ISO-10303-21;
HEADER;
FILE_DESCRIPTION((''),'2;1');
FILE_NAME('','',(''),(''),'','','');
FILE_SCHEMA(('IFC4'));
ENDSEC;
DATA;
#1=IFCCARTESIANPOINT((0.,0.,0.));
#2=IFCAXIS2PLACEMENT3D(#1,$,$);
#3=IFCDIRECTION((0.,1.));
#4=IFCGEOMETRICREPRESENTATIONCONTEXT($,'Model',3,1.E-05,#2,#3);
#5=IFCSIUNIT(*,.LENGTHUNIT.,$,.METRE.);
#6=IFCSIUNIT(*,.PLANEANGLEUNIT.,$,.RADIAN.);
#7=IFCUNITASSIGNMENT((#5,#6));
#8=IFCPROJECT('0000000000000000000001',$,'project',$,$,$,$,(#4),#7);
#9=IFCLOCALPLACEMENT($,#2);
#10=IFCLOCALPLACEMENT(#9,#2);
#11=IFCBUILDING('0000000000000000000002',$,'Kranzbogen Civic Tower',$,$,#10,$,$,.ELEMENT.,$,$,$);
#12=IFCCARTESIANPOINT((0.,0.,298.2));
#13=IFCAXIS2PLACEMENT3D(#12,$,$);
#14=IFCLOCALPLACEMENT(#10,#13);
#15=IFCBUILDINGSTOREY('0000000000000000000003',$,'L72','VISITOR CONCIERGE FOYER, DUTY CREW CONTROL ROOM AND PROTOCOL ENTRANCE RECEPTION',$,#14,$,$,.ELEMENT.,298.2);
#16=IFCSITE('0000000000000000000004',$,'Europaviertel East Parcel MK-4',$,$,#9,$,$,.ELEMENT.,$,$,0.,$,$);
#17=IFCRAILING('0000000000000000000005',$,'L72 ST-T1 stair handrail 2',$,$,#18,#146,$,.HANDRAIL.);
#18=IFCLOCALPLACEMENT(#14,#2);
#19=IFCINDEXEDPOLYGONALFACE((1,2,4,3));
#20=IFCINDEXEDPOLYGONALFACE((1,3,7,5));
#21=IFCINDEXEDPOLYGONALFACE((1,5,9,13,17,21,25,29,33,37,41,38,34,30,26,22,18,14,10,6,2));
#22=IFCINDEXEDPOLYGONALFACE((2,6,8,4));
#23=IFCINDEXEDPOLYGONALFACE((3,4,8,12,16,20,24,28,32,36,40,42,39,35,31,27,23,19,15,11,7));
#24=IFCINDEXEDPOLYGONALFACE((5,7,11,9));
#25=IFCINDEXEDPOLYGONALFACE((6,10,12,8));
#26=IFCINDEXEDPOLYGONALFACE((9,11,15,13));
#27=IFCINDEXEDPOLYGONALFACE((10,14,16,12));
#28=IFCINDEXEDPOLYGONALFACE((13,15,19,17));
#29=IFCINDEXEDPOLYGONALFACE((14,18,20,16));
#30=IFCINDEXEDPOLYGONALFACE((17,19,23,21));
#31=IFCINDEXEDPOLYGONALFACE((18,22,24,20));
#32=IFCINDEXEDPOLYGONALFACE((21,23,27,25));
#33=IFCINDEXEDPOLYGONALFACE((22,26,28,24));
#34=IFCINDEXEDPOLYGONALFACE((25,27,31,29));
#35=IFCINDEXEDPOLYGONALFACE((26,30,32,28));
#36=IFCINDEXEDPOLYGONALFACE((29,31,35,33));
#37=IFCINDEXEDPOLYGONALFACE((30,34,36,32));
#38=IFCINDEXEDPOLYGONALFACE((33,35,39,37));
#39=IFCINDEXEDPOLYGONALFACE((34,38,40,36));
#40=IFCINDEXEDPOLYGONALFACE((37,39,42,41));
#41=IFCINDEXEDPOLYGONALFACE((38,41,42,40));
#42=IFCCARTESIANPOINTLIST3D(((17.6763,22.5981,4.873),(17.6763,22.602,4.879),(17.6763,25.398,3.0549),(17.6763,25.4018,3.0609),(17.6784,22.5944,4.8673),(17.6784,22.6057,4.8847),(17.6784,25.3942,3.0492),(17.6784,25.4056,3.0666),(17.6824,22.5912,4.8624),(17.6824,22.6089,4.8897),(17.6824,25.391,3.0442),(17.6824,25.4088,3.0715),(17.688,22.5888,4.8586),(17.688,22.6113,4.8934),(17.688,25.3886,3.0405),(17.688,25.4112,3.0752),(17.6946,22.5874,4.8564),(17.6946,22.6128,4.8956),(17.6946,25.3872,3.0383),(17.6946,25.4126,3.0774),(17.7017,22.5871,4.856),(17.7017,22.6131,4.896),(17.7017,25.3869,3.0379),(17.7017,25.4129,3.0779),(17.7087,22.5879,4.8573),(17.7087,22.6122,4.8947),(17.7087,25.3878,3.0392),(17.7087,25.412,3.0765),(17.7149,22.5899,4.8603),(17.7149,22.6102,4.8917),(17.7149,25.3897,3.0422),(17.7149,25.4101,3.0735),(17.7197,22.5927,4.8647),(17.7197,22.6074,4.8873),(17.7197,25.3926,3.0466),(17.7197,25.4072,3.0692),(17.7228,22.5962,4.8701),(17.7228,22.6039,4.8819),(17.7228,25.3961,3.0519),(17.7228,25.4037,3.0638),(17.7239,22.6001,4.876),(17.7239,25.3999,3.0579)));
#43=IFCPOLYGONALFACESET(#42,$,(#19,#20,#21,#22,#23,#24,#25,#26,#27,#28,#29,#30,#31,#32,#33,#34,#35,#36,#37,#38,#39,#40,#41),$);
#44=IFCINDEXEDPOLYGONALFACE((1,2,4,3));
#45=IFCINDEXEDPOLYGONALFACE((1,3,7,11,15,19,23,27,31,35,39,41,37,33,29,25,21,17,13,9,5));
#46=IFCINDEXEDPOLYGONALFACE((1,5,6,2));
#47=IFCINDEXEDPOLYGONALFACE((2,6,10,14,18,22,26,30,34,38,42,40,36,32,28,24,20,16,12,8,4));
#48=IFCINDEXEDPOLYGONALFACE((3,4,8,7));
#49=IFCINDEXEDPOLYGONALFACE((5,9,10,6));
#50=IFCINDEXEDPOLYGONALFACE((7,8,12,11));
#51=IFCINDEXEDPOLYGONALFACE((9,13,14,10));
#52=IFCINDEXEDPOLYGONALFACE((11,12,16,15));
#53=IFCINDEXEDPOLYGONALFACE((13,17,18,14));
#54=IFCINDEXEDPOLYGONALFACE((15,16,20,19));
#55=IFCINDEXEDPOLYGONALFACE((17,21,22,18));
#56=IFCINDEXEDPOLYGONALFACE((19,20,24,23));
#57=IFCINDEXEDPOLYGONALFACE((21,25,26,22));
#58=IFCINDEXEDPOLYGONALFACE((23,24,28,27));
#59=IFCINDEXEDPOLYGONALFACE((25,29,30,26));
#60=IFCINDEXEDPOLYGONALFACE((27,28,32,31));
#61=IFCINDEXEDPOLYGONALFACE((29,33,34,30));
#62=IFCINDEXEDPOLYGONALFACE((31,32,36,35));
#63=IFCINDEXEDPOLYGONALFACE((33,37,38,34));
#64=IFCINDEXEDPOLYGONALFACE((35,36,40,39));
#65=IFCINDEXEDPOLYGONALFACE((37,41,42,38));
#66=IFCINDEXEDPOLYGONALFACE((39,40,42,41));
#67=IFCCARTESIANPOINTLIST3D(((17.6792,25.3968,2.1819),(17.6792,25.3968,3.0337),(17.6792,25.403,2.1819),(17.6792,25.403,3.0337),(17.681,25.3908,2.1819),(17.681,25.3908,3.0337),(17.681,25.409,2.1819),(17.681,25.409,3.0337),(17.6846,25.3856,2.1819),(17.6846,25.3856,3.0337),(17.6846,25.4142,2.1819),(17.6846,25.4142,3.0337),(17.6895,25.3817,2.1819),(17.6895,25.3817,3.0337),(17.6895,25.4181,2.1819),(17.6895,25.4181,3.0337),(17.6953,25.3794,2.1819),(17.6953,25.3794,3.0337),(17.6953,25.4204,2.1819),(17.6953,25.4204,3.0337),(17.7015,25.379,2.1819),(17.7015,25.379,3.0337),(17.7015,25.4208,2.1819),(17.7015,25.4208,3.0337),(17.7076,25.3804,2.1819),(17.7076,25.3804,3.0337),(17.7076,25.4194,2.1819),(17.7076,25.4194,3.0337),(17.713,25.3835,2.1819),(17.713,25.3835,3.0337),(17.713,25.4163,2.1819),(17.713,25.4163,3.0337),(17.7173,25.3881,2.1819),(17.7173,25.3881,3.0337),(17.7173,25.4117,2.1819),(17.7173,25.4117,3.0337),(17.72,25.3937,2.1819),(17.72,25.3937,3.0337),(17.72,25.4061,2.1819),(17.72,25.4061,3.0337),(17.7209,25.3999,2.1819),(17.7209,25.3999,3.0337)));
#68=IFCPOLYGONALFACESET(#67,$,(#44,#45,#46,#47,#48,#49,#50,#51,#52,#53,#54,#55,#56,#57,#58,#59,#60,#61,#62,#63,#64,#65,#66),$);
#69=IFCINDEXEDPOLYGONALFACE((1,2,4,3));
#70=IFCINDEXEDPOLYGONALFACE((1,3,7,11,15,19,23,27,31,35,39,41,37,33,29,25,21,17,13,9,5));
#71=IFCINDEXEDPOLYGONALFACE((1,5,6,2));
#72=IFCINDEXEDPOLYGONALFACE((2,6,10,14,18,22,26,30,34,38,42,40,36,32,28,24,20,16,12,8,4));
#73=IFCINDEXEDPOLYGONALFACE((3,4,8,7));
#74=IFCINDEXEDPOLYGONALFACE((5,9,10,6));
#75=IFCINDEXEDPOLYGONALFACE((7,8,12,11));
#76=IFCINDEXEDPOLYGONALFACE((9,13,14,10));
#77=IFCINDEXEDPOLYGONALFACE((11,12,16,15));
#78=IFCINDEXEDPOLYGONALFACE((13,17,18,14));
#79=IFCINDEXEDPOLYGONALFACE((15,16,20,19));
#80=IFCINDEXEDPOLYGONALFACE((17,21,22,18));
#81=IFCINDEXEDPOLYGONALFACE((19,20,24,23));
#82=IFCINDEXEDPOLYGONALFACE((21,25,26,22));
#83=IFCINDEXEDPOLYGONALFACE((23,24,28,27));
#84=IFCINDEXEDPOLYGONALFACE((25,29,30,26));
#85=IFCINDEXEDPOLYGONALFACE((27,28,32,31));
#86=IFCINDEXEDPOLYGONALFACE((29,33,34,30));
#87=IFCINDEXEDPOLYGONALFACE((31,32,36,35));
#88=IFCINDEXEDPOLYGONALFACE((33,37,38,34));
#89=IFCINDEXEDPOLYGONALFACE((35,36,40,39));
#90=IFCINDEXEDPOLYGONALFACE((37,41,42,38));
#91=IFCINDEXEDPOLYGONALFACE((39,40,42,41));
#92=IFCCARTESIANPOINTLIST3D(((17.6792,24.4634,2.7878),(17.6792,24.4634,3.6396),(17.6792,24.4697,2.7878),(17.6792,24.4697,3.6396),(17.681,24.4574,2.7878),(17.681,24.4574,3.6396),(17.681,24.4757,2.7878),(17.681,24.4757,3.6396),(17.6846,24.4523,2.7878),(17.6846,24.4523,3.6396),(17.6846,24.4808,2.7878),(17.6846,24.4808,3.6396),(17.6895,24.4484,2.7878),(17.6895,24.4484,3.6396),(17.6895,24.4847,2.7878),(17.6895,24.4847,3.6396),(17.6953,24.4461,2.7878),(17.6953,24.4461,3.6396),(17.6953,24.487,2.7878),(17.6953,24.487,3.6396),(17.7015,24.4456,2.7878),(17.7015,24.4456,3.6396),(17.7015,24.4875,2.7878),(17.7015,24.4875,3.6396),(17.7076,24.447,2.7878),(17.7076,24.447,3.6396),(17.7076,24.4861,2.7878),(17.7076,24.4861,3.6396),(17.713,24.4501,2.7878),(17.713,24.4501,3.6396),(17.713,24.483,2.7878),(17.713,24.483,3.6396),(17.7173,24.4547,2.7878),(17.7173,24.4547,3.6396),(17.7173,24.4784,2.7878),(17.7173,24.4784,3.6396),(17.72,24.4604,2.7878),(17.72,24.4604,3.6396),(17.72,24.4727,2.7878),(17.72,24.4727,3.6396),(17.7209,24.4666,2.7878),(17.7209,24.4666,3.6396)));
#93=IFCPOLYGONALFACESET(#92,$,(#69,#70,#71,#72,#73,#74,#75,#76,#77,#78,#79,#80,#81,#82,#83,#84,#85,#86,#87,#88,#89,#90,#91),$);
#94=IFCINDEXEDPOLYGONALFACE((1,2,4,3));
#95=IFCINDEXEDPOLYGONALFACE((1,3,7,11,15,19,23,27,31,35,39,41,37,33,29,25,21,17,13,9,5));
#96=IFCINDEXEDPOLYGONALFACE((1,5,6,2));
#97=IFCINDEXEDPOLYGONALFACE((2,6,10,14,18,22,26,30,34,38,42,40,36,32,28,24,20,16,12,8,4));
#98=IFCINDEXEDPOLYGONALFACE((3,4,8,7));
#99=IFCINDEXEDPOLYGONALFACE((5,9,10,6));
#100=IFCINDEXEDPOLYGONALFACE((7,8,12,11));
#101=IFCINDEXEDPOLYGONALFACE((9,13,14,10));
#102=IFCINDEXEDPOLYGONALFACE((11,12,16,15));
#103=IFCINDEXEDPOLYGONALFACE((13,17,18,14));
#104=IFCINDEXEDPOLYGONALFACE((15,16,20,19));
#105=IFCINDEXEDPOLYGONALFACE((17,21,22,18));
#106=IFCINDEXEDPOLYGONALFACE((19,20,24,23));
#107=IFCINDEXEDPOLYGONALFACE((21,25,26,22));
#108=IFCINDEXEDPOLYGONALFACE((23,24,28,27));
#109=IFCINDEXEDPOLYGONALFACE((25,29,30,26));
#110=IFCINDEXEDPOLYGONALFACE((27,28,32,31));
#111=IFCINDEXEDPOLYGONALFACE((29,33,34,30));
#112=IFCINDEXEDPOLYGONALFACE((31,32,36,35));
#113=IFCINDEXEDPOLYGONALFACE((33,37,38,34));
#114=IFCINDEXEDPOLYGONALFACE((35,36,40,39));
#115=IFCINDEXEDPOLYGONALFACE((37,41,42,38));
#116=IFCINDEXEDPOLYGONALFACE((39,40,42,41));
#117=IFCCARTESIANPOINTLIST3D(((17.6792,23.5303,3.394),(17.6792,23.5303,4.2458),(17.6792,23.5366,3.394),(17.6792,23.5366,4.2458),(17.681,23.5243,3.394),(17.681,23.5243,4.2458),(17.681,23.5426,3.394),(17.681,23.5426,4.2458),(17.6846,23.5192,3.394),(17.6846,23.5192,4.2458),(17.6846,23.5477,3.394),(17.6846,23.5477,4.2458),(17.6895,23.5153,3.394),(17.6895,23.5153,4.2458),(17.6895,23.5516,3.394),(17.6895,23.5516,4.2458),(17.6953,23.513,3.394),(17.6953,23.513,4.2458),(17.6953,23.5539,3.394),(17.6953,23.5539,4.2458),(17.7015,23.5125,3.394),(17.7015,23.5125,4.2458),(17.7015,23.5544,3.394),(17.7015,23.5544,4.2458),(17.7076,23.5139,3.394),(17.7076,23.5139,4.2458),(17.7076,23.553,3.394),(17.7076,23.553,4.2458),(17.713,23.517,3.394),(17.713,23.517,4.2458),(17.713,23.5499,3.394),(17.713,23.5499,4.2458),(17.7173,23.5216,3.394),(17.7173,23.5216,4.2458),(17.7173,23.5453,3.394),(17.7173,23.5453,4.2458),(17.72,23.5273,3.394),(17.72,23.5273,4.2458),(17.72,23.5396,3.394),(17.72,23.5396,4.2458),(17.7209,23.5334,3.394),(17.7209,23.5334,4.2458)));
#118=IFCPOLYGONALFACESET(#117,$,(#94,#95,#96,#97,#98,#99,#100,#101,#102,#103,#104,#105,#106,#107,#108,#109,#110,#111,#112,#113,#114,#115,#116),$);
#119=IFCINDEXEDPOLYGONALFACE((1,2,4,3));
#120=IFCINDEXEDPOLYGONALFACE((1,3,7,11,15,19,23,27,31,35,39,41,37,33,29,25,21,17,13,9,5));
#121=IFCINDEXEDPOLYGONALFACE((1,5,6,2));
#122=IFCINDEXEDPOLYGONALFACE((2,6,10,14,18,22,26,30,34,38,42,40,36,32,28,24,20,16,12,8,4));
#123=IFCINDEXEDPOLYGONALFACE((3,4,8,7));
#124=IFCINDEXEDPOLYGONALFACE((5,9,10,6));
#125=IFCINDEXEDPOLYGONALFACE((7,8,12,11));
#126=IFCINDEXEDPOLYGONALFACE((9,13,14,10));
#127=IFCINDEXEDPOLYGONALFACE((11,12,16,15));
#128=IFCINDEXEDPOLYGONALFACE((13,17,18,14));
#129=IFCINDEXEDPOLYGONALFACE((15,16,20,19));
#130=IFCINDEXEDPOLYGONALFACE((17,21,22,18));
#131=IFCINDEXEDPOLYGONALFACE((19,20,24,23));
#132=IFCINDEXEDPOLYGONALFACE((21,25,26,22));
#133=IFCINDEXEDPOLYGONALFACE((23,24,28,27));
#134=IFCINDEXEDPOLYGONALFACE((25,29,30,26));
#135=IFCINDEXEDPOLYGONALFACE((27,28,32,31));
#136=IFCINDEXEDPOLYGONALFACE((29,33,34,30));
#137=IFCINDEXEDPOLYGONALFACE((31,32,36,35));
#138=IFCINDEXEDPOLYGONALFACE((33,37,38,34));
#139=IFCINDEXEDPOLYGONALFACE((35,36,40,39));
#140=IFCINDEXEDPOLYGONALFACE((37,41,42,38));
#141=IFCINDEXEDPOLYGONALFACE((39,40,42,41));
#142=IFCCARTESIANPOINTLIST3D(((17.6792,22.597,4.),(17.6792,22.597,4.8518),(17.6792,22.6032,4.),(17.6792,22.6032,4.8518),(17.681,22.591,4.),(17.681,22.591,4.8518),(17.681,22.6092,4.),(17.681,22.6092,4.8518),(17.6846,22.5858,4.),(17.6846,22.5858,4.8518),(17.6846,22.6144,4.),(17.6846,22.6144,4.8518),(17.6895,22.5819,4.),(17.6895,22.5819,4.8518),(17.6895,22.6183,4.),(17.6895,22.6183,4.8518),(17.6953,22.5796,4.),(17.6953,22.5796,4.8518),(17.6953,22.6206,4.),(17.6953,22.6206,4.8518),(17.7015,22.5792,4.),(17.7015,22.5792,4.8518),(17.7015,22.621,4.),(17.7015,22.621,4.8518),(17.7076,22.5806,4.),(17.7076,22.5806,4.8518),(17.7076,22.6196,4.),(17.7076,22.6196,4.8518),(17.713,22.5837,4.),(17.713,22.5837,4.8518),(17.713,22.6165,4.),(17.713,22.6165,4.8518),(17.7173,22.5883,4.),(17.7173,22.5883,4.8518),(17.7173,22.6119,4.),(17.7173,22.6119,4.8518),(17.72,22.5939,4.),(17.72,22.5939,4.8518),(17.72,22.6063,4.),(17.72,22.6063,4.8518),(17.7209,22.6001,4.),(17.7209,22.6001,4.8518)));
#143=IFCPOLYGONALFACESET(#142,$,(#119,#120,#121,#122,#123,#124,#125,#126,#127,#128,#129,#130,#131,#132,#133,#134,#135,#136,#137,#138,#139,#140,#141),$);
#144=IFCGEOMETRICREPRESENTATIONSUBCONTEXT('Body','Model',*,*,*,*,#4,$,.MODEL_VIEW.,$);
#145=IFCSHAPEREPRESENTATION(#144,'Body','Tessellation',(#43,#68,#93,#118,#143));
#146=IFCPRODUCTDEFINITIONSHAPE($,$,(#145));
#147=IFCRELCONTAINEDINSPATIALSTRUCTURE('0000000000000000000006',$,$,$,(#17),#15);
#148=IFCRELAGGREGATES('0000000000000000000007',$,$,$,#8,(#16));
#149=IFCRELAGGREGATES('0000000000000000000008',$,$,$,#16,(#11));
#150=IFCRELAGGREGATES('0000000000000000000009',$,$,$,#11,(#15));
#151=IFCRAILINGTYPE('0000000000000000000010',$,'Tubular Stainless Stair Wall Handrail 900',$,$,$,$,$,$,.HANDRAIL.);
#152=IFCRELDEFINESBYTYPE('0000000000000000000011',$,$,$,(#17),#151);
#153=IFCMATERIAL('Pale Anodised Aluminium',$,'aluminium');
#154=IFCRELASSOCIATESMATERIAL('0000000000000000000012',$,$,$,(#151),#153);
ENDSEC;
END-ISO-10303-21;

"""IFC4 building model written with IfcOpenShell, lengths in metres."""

from ifc_helpers import new_model, si_unit, direction, frame, origin, origin_2d, place, context, subcontext, project, spatial, circle, extrude, material, type_object, element, save


model = new_model("IFC4")

# Units and contexts
model_context = context("Model", 3, precision=1e-05, world=origin(), true_north=direction((0.0, 1.0)))
body_context = subcontext(model_context, "Body", "Model", "MODEL_VIEW")
ifc_project = project(units=[si_unit("LENGTHUNIT", "METRE"), si_unit("PLANEANGLEUNIT", "RADIAN")], contexts=[model_context])

# Site, building, storey
site_placement = place(None, origin())
site = spatial("IfcSite", under=ifc_project, at=site_placement, Name="Europaviertel East Parcel MK-4", CompositionType="ELEMENT", RefElevation=0.0)
building_placement = place(site_placement, origin())
building = spatial("IfcBuilding", under=site, at=building_placement, Name="Kranzbogen Civic Tower", CompositionType="ELEMENT")
storey_placement = place(building_placement, frame((0.0, 0.0, 298.2)))
storey = spatial("IfcBuildingStorey", under=building, at=storey_placement, Name="L72", Description="VISITOR CONCIERGE FOYER, DUTY CREW CONTROL ROOM AND PROTOCOL ENTRANCE RECEPTION", CompositionType="ELEMENT", Elevation=298.2)

# Shared definitions
ifc_material_1 = material(Name="Pale Anodised Aluminium", Category="aluminium")

# Railing
railing_type_1 = type_object("IfcRailingType", Name="Tubular Stainless Stair Wall Handrail 900", PredefinedType="HANDRAIL", material=ifc_material_1)
railing_1_placement = place(storey_placement, frame((17.7, 25.3999, 2.1819)))
element("IfcRailing", 1, at=railing_1_placement, inside=storey, type_object=railing_type_1, Name="L72 ST-T1 stair handrail 2", PredefinedType="HANDRAIL", context=body_context, shape_type="SweptSolid", body=[
    extrude(circle(Radius=0.0239, at=origin_2d()), frame((0.0, 0.0, 0.876), z_axis=(0.0, -0.838684, 0.544618), x_axis=(1.0, 0.0, 0.0)), (0.0, 0.0, 1.0), 3.3384),
    extrude(circle(Radius=0.021, at=origin_2d()), origin(), (0.0, 0.0, 1.0), 0.8518),
    extrude(circle(Radius=0.021, at=origin_2d()), frame((0.0, -0.9333, 0.606)), (0.0, 0.0, 1.0), 0.8518),
    extrude(circle(Radius=0.021, at=origin_2d()), frame((0.0, -1.8665, 1.2122)), (0.0, 0.0, 1.0), 0.8518),
    extrude(circle(Radius=0.021, at=origin_2d()), frame((0.0, -2.7998, 1.8181)), (0.0, 0.0, 1.0), 0.8518),
])

save(model, "model.ifc")
